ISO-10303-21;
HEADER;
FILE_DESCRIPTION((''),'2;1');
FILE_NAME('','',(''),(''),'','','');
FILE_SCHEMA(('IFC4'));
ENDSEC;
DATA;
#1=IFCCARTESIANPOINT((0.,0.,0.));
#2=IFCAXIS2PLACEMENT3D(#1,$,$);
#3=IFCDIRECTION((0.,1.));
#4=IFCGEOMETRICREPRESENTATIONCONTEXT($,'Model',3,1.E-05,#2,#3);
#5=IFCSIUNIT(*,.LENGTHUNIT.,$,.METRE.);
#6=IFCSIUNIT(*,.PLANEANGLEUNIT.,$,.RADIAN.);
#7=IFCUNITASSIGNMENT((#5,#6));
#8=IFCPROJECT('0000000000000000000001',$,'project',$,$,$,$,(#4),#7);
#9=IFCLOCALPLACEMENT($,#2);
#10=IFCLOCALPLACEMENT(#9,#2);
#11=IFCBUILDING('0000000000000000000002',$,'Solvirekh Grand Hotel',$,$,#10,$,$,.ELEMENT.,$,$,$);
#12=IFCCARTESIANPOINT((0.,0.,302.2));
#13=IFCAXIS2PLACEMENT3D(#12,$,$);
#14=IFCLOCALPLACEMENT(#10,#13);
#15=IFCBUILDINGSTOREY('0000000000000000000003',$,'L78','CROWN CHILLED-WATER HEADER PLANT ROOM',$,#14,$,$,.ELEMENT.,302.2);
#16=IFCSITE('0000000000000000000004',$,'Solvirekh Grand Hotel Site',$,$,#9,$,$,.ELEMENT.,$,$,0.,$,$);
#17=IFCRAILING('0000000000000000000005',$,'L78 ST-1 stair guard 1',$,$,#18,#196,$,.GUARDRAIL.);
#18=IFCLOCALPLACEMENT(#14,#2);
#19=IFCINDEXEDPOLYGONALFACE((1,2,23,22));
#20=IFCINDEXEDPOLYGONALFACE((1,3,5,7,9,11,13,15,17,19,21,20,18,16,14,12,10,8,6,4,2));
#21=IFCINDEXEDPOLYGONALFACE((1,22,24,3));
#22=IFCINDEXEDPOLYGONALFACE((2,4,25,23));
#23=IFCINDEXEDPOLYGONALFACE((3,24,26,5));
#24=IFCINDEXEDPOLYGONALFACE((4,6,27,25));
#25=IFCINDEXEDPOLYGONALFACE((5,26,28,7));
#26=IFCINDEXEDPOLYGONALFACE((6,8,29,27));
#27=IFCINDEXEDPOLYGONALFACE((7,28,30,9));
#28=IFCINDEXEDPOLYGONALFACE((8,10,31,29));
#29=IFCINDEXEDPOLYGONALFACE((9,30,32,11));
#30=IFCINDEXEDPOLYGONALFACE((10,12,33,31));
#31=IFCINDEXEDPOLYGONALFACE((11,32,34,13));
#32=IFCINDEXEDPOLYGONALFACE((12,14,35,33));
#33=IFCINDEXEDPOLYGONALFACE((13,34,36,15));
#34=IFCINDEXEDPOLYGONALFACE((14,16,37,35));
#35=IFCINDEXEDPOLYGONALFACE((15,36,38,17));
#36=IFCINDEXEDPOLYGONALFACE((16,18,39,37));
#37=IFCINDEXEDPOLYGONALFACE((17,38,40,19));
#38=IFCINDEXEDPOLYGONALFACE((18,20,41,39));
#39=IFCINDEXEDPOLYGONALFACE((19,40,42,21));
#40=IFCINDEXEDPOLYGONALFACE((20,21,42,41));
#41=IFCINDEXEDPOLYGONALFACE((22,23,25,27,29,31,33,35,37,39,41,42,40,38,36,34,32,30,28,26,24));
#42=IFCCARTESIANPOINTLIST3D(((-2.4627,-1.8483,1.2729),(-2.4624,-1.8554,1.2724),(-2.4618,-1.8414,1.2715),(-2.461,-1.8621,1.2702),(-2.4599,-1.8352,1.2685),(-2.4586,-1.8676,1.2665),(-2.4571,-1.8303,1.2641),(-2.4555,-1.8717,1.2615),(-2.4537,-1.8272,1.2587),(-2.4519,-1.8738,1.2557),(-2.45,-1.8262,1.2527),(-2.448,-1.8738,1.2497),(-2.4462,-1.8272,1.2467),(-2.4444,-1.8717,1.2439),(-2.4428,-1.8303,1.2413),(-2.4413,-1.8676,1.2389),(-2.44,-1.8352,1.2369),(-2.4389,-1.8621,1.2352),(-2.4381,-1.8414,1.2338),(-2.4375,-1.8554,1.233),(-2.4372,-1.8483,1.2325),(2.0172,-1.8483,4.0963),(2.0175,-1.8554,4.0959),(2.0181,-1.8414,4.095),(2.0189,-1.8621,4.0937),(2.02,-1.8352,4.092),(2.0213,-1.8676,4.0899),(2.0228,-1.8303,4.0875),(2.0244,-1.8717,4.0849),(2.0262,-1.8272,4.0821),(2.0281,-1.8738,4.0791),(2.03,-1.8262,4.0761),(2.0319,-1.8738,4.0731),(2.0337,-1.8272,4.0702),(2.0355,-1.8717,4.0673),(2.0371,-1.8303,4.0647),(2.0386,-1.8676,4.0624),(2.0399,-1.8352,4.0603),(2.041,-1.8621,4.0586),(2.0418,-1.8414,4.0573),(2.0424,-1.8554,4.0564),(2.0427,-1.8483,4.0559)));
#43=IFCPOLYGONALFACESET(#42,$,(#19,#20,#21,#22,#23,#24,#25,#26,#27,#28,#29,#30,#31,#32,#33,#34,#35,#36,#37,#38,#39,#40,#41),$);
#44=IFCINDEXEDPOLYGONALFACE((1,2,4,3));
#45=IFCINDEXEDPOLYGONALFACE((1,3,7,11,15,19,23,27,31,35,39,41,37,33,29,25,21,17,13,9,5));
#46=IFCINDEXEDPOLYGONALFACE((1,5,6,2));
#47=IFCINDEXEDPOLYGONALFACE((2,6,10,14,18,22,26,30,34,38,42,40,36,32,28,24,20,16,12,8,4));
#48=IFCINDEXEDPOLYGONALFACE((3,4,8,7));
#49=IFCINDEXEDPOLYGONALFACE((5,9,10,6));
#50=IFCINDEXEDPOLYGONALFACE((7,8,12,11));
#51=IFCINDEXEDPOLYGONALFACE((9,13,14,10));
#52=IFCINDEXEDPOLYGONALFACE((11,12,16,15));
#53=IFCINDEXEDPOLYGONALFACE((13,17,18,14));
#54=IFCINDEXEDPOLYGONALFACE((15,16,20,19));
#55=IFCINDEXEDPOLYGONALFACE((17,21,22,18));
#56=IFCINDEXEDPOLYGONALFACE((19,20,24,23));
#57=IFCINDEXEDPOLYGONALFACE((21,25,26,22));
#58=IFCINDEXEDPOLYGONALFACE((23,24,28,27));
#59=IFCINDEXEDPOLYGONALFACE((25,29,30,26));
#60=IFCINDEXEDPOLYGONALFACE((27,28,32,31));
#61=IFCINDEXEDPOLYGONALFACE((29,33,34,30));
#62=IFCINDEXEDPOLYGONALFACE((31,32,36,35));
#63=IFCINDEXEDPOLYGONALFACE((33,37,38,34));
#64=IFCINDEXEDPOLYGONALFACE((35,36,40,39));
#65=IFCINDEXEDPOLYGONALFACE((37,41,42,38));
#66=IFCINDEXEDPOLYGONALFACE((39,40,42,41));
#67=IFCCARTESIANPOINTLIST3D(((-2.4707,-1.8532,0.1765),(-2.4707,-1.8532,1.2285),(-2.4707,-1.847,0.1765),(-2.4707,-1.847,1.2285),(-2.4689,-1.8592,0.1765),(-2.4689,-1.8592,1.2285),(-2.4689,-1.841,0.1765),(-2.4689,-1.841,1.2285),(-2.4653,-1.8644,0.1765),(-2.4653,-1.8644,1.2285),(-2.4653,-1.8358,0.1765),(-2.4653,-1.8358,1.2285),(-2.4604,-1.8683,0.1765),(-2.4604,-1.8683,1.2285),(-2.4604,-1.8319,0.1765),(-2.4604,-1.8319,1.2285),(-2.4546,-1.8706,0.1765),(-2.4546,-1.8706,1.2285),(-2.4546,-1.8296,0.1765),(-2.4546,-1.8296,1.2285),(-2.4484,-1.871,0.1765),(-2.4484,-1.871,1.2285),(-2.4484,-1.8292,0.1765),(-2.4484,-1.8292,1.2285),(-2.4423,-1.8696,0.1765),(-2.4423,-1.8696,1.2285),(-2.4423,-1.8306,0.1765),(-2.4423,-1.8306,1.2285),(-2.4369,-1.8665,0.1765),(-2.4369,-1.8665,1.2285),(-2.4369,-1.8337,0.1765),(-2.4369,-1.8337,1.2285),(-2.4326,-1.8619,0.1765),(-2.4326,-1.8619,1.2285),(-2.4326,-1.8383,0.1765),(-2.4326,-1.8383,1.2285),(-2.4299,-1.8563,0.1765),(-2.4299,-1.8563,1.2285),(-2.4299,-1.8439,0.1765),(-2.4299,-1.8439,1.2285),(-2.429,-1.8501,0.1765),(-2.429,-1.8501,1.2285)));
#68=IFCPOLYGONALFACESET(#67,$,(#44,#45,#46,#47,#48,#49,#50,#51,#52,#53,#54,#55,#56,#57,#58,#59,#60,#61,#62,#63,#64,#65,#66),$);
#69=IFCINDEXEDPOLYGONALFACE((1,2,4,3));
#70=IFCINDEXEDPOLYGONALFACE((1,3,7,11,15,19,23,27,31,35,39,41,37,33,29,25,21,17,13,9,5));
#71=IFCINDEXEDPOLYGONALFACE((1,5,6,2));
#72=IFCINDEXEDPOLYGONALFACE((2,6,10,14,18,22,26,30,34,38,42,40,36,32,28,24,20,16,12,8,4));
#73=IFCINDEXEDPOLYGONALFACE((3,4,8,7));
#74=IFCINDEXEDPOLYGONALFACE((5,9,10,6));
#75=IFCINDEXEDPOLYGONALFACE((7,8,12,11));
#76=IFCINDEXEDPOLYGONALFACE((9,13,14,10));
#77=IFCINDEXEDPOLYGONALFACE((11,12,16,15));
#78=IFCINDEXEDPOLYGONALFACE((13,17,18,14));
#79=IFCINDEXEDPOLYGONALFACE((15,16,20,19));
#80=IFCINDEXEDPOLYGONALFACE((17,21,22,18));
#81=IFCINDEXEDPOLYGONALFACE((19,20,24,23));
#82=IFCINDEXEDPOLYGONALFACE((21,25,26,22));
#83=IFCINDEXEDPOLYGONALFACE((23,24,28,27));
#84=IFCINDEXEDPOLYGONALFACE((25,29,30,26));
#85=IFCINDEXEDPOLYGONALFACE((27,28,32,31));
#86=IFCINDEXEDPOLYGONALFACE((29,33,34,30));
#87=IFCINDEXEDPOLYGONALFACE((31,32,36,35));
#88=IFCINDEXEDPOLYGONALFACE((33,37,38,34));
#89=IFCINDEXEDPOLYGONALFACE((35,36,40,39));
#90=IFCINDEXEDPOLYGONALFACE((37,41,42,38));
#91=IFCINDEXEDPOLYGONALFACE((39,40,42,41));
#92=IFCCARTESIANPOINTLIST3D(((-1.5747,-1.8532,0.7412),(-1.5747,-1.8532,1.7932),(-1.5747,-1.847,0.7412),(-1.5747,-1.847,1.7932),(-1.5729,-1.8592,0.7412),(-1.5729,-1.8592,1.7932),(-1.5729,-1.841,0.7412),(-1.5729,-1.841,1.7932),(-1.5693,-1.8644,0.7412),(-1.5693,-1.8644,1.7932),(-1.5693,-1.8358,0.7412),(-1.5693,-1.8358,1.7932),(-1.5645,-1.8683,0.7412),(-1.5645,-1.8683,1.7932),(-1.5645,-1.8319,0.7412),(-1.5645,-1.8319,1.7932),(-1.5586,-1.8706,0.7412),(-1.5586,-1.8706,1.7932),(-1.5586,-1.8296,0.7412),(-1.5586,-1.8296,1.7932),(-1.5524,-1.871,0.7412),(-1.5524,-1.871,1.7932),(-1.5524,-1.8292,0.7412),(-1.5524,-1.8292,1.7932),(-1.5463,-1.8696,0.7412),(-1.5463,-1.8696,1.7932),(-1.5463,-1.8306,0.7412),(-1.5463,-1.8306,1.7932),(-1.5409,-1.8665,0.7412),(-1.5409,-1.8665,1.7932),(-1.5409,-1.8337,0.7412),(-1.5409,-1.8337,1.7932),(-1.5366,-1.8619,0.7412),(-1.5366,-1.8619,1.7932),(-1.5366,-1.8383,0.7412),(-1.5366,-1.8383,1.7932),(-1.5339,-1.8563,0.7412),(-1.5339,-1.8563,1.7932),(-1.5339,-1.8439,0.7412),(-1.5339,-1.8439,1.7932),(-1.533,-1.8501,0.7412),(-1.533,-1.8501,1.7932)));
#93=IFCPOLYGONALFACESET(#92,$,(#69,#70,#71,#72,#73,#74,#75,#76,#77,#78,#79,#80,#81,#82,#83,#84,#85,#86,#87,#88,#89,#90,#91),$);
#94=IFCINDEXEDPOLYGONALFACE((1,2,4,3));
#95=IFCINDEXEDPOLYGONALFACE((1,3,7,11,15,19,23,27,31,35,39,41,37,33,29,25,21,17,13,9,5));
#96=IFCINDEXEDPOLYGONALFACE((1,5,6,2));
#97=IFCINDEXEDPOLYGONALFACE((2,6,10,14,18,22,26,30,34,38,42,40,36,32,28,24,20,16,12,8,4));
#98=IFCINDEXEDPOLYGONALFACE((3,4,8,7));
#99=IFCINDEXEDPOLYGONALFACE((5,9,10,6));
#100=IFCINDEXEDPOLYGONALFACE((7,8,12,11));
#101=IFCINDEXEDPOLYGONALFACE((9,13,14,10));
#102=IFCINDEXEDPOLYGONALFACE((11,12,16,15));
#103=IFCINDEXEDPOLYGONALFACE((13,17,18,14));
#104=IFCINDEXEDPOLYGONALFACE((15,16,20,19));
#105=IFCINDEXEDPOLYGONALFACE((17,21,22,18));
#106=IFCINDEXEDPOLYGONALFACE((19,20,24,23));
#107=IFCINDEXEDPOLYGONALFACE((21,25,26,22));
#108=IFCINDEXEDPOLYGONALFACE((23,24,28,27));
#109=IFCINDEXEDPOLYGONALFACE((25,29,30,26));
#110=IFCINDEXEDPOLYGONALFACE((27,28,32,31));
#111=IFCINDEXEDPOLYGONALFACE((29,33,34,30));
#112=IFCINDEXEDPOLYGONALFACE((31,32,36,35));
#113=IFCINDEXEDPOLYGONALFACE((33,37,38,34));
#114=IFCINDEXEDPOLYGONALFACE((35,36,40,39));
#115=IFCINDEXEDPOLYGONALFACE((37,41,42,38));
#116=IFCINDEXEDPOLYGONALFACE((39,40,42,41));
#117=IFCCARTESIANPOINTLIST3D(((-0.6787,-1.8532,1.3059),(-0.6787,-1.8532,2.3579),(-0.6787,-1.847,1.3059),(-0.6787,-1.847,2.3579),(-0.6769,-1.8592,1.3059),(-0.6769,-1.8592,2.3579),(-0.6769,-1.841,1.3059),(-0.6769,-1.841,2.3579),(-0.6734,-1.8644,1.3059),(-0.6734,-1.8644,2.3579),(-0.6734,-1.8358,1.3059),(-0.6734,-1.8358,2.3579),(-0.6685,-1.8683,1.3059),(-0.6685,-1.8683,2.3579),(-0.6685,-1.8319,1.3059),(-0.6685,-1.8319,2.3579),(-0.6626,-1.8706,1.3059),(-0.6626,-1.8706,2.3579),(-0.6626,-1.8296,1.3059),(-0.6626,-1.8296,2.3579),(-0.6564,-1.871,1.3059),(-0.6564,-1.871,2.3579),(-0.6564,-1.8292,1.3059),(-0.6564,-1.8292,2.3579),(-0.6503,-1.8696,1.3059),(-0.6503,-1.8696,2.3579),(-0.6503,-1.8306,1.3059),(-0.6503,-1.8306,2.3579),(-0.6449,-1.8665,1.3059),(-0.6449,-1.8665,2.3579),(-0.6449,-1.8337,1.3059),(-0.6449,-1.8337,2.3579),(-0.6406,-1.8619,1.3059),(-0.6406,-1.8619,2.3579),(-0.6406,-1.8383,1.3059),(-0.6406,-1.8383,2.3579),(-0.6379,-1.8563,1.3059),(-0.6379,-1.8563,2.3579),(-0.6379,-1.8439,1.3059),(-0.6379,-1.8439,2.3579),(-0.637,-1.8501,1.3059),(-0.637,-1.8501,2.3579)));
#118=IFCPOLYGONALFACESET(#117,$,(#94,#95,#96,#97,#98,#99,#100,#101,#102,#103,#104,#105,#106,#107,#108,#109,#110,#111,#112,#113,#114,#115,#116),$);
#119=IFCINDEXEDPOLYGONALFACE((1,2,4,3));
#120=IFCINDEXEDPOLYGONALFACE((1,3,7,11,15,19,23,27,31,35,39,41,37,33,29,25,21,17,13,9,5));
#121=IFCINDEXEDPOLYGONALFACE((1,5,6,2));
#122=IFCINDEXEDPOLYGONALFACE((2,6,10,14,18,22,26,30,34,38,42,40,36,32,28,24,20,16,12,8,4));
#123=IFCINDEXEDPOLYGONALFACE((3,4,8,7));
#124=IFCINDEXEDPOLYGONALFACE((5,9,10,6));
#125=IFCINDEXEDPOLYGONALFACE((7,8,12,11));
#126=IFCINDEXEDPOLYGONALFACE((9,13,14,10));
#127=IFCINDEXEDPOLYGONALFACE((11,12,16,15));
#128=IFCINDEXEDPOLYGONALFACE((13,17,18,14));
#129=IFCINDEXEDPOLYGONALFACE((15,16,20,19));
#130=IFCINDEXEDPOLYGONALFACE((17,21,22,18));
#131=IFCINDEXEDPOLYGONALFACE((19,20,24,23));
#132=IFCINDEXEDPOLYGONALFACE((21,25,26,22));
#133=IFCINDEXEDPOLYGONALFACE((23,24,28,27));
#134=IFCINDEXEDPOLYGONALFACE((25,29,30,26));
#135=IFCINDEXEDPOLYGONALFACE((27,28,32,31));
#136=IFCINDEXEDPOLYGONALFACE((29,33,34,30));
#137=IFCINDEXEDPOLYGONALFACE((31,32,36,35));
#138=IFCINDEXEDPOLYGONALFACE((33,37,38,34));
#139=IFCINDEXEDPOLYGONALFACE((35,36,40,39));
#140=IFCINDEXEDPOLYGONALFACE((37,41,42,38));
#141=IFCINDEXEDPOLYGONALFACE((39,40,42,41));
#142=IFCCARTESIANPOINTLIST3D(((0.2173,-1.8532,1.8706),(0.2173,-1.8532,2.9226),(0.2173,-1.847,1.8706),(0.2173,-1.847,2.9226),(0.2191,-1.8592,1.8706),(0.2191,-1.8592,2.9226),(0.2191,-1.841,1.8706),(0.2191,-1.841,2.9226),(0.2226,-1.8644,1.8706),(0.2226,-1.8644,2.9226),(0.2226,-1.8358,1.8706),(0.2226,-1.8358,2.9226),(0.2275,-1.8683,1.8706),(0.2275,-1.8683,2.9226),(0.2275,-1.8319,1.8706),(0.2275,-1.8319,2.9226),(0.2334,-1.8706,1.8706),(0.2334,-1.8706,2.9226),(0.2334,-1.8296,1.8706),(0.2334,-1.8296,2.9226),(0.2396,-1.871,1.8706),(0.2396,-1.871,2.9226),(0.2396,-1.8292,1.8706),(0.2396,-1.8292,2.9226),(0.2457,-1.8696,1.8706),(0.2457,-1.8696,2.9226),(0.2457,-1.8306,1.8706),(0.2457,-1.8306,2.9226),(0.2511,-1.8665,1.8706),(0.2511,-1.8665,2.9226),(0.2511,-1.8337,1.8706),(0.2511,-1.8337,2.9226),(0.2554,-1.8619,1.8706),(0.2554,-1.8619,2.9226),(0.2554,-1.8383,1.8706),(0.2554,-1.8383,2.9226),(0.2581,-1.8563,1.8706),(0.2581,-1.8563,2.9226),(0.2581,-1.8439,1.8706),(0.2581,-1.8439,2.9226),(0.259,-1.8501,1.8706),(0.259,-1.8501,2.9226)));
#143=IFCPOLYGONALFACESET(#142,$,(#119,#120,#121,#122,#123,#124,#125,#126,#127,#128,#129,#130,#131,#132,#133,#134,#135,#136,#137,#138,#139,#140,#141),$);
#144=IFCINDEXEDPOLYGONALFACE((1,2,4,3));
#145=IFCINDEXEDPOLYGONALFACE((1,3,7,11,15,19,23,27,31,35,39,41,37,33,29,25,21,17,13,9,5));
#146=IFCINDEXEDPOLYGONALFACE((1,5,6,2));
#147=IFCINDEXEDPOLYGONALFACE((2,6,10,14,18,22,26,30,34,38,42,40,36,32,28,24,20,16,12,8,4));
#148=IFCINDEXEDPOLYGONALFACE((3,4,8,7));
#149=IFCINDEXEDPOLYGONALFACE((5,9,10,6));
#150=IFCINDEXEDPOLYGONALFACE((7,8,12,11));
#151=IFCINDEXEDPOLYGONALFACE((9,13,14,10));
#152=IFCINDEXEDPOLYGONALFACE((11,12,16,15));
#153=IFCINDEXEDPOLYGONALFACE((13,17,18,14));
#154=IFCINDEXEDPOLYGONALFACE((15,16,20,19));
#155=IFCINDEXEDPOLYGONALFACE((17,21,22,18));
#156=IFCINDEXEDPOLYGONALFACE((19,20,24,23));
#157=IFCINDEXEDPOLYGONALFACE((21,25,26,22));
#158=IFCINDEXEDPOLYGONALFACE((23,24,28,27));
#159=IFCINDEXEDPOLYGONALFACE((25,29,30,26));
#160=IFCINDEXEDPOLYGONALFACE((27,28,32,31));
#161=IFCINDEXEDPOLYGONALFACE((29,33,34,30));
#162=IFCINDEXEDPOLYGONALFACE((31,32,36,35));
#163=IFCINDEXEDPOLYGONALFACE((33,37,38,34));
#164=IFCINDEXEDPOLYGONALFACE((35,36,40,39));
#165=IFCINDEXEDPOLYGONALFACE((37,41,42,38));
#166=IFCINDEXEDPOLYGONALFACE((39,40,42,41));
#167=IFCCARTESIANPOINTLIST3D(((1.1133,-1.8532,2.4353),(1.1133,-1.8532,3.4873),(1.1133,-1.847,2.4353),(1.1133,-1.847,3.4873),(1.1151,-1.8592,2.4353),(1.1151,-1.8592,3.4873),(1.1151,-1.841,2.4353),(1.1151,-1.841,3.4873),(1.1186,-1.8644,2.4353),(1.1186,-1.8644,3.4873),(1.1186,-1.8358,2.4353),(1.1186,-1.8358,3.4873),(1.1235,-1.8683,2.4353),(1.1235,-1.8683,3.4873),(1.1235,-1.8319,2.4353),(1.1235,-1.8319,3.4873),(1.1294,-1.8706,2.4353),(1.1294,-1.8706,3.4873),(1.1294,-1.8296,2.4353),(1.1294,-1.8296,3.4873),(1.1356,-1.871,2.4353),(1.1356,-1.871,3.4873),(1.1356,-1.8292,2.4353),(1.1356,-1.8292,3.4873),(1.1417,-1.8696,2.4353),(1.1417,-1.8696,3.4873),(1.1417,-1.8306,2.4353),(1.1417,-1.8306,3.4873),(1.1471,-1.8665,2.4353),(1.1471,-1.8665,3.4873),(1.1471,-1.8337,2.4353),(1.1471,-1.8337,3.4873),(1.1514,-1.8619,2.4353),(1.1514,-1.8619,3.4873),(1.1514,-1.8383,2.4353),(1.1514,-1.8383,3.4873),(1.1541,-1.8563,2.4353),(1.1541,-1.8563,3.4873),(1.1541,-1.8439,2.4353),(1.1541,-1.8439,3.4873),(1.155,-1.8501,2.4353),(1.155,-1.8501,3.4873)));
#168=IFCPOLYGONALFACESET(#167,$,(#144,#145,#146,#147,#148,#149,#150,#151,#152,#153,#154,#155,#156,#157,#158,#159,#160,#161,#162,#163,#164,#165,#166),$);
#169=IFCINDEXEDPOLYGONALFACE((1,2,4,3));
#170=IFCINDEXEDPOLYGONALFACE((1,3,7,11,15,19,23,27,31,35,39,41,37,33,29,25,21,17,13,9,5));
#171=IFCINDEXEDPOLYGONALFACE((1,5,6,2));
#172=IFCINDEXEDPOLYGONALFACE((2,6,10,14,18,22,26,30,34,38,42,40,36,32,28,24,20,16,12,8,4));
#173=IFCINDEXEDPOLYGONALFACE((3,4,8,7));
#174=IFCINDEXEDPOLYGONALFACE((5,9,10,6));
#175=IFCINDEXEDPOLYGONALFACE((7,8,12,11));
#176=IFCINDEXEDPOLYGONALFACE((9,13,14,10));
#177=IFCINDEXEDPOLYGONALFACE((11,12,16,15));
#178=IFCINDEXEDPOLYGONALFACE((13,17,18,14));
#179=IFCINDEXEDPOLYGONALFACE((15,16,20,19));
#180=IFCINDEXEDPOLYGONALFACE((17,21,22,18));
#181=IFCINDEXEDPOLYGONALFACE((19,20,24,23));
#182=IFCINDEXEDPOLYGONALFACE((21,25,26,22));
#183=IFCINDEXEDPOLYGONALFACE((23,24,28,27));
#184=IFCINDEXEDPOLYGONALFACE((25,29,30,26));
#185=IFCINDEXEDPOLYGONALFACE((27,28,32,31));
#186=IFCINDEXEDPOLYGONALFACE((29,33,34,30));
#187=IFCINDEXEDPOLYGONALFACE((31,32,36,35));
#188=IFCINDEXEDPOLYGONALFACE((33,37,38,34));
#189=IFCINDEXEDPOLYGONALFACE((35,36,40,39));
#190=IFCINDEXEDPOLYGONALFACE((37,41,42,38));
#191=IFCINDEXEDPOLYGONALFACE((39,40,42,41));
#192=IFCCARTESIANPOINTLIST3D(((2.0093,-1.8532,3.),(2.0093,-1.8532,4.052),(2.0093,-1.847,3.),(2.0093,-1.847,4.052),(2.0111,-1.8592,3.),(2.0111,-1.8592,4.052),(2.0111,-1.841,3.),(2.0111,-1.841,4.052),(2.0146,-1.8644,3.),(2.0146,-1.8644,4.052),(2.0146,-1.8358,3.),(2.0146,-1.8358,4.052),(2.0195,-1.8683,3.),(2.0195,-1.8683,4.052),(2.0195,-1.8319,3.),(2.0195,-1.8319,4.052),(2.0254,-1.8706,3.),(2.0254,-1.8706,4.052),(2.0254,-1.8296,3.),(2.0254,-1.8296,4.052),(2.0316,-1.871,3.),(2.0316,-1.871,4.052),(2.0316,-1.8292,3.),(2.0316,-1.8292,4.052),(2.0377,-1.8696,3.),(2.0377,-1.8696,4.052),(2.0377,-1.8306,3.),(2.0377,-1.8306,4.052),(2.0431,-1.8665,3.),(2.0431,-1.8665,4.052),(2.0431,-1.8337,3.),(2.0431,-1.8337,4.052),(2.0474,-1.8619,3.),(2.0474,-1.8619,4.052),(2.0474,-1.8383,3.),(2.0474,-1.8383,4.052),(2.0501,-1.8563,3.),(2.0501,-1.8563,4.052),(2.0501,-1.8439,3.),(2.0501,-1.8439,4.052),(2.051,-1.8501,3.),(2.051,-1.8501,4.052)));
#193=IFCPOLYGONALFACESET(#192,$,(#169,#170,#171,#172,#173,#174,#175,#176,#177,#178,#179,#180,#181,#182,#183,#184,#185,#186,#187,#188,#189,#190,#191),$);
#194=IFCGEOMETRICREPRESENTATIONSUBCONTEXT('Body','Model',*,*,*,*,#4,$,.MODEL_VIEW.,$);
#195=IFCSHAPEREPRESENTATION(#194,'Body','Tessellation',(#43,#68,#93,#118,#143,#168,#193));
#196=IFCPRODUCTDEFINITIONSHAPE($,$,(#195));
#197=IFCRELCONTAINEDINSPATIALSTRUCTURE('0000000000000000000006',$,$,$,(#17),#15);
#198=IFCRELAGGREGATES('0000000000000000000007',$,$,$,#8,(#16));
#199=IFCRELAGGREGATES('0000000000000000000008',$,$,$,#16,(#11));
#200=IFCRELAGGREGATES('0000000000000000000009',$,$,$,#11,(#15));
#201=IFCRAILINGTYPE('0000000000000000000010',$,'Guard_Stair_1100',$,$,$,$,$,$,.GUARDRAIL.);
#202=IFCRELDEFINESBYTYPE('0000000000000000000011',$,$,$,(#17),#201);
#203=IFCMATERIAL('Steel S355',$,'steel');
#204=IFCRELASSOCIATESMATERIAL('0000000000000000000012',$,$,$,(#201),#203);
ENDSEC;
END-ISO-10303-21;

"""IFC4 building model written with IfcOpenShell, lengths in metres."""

from ifc_helpers import new_model, si_unit, direction, frame, origin, origin_2d, place, context, subcontext, project, spatial, circle, extrude, material, type_object, element, save


model = new_model("IFC4")

# Units and contexts
model_context = context("Model", 3, precision=1e-05, world=origin(), true_north=direction((0.0, 1.0)))
body_context = subcontext(model_context, "Body", "Model", "MODEL_VIEW")
ifc_project = project(units=[si_unit("LENGTHUNIT", "METRE"), si_unit("PLANEANGLEUNIT", "RADIAN")], contexts=[model_context])

# Site, building, storey
site_placement = place(None, origin())
site = spatial("IfcSite", under=ifc_project, at=site_placement, Name="Solvirekh Grand Hotel Site", CompositionType="ELEMENT", RefElevation=0.0)
building_placement = place(site_placement, origin())
building = spatial("IfcBuilding", under=site, at=building_placement, Name="Solvirekh Grand Hotel", CompositionType="ELEMENT")
storey_placement = place(building_placement, frame((0.0, 0.0, 302.2)))
storey = spatial("IfcBuildingStorey", under=building, at=storey_placement, Name="L78", Description="CROWN CHILLED-WATER HEADER PLANT ROOM", CompositionType="ELEMENT", Elevation=302.2)

# Shared definitions
ifc_material_1 = material(Name="Steel S355", Category="steel")

# Railing
railing_type_1 = type_object("IfcRailingType", Name="Guard_Stair_1100", PredefinedType="GUARDRAIL", material=ifc_material_1)
railing_1_placement = place(storey_placement, frame((-2.45, -1.8501, 0.1765)))
element("IfcRailing", 1, at=railing_1_placement, inside=storey, type_object=railing_type_1, Name="L78 ST-1 stair guard 1", PredefinedType="GUARDRAIL", context=body_context, shape_type="SweptSolid", body=[
    extrude(circle(Radius=0.0239, at=origin_2d()), frame((0.0, 0.0, 1.0762), z_axis=(0.845998, 0.0, 0.533186), x_axis=(0.0, 1.0, 0.0)), (0.0, 0.0, 1.0), 5.2954),
    extrude(circle(Radius=0.021, at=origin_2d()), origin(), (0.0, 0.0, 1.0), 1.052),
    extrude(circle(Radius=0.021, at=origin_2d()), frame((0.896, 0.0, 0.5647)), (0.0, 0.0, 1.0), 1.052),
    extrude(circle(Radius=0.021, at=origin_2d()), frame((1.792, 0.0, 1.1294)), (0.0, 0.0, 1.0), 1.052),
    extrude(circle(Radius=0.021, at=origin_2d()), frame((2.688, 0.0, 1.6941)), (0.0, 0.0, 1.0), 1.052),
    extrude(circle(Radius=0.021, at=origin_2d()), frame((3.584, 0.0, 2.2588)), (0.0, 0.0, 1.0), 1.052),
    extrude(circle(Radius=0.021, at=origin_2d()), frame((4.48, 0.0, 2.8235)), (0.0, 0.0, 1.0), 1.052),
])

save(model, "model.ifc")
